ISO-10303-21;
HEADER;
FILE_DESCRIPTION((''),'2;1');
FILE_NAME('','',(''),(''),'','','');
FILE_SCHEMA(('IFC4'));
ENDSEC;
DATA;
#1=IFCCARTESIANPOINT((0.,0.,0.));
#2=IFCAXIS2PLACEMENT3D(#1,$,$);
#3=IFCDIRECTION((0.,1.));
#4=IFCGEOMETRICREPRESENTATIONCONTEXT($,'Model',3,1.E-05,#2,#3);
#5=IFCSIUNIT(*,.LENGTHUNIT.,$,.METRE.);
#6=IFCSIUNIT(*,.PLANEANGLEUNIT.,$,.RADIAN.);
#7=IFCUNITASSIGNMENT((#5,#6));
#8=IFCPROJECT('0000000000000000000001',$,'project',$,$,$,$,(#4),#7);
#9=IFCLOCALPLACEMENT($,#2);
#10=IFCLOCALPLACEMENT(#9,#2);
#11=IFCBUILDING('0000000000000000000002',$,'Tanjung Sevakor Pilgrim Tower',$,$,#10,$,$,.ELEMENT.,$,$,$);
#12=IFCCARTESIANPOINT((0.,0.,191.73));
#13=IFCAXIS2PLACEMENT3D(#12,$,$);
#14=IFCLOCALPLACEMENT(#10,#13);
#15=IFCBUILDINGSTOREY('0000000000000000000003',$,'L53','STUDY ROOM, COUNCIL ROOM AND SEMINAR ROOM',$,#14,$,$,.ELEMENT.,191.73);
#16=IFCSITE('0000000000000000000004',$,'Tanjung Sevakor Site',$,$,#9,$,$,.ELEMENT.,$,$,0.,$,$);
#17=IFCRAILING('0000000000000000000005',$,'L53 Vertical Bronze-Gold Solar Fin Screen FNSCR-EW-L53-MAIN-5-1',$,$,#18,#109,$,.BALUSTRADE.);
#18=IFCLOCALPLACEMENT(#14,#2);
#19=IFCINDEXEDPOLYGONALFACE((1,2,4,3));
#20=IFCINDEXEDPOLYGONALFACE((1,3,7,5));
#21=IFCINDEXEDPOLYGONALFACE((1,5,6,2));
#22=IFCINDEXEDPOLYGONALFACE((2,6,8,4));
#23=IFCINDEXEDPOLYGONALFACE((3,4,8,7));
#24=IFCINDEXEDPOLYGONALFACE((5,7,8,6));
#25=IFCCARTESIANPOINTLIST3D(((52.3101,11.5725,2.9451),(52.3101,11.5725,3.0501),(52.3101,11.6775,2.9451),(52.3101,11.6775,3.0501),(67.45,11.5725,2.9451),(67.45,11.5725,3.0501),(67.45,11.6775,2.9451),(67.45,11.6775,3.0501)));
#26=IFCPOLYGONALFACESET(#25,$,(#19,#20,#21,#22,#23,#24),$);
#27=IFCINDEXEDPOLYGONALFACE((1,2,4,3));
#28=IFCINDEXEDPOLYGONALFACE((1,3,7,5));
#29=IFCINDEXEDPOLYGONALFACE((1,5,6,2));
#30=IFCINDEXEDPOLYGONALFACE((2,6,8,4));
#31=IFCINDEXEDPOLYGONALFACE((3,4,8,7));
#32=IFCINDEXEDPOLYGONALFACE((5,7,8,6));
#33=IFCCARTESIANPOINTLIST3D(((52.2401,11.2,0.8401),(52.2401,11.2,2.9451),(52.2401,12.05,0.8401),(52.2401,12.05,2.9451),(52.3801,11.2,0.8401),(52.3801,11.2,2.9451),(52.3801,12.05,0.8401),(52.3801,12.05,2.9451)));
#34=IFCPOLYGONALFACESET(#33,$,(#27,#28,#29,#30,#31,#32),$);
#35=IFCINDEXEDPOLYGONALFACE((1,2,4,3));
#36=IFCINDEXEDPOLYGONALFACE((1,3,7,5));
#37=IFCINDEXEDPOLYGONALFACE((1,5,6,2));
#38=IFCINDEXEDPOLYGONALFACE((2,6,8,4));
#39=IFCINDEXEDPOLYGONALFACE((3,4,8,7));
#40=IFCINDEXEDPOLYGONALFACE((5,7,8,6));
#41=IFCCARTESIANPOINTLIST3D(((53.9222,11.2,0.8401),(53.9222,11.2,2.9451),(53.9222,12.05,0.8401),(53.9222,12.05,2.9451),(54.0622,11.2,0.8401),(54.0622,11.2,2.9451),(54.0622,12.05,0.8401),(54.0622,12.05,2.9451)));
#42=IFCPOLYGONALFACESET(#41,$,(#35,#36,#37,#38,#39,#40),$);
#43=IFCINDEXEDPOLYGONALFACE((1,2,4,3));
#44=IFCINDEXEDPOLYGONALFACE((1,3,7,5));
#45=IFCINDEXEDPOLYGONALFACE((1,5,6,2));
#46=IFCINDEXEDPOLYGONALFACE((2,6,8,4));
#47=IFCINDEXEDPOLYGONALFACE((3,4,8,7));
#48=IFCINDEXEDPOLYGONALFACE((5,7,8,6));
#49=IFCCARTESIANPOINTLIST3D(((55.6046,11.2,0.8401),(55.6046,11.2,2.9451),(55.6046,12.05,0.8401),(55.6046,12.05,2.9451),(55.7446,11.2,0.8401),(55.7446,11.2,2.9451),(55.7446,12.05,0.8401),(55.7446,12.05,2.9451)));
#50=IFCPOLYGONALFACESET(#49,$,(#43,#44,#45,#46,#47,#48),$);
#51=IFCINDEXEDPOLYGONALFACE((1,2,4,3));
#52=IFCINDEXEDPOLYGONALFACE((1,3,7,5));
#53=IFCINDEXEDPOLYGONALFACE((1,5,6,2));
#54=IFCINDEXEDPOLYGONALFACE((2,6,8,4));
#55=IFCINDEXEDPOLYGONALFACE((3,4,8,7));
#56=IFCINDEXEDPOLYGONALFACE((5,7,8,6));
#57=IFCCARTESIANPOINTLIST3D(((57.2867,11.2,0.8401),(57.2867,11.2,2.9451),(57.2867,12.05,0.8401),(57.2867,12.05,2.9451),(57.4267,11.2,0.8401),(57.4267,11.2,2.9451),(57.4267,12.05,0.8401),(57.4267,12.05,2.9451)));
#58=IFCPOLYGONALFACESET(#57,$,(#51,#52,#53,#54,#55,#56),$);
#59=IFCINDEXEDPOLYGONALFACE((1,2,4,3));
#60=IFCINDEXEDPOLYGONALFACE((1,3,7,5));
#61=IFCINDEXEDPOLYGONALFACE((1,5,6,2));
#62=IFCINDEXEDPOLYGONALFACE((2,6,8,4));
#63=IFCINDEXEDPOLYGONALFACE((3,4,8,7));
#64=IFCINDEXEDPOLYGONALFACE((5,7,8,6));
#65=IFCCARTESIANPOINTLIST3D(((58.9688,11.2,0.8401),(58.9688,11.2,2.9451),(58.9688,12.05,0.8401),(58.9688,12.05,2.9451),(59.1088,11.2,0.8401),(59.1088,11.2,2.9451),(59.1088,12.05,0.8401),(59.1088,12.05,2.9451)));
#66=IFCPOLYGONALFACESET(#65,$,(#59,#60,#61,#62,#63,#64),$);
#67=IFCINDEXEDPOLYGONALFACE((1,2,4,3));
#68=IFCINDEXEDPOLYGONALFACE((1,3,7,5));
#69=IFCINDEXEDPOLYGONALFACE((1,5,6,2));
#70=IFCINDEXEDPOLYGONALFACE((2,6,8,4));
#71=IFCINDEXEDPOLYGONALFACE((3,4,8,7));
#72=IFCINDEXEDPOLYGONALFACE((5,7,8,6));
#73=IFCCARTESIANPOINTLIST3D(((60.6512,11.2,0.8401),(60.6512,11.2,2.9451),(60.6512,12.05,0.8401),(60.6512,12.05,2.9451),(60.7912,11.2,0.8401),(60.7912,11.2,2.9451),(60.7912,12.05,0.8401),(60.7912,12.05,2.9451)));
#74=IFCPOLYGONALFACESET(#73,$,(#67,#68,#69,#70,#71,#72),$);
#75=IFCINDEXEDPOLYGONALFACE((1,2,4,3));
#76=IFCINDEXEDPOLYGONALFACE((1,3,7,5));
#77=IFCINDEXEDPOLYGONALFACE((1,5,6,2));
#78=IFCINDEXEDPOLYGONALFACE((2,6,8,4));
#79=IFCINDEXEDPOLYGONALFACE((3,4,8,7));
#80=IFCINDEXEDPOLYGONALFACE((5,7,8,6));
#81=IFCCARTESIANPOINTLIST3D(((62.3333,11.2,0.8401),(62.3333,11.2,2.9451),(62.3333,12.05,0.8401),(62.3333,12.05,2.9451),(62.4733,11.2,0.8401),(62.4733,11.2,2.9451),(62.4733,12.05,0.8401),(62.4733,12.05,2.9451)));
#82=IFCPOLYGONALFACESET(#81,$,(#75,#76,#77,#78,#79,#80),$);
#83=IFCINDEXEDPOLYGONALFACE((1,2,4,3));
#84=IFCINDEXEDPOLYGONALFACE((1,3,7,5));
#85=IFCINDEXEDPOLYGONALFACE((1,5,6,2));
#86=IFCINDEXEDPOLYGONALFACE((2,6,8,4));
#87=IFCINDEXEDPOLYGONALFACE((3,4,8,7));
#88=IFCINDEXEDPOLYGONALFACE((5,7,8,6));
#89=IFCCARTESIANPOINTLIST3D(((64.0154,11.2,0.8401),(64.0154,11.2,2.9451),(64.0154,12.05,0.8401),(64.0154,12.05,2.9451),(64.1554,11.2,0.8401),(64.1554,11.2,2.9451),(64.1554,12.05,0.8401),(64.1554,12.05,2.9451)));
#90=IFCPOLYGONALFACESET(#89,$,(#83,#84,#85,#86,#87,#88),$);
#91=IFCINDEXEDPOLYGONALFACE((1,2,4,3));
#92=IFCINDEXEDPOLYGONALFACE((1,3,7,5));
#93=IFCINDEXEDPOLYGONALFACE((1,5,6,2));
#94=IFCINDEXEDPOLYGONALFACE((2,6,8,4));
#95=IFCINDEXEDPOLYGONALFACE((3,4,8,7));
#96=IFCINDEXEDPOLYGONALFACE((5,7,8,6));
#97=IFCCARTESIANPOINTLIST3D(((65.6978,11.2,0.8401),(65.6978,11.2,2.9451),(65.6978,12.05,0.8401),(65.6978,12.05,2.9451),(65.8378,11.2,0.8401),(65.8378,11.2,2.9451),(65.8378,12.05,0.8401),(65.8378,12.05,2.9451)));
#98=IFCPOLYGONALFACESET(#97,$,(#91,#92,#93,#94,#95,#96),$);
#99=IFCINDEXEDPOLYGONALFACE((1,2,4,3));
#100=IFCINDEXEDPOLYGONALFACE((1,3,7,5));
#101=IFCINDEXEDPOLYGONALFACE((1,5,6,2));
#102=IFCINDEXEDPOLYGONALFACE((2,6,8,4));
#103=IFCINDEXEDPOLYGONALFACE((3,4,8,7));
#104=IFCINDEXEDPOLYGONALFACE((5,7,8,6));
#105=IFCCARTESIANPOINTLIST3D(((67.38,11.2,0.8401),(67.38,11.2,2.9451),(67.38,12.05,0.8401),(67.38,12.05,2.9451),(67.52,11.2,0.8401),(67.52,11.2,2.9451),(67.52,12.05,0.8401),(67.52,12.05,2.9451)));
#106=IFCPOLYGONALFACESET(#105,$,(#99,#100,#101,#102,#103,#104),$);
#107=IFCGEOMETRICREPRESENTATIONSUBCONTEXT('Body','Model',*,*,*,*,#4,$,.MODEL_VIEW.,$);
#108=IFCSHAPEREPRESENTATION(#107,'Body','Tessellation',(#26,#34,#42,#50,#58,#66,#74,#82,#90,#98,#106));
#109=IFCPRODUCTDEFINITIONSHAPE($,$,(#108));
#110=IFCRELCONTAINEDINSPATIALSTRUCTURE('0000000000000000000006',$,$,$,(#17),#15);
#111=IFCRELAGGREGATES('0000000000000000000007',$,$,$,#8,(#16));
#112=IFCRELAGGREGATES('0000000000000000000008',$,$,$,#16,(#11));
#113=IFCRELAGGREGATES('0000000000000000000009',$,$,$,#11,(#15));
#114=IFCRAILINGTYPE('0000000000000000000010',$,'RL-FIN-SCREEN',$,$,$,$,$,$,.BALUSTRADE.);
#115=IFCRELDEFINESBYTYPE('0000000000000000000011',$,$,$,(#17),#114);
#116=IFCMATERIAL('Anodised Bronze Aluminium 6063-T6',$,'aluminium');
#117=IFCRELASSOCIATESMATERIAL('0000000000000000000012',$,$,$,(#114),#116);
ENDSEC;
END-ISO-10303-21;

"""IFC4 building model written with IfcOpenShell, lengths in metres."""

from ifc_helpers import new_model, si_unit, direction, frame, origin, place, context, subcontext, project, spatial, rectangle, extrude, material, type_object, element, save


model = new_model("IFC4")

# Units and contexts
model_context = context("Model", 3, precision=1e-05, world=origin(), true_north=direction((0.0, 1.0)))
body_context = subcontext(model_context, "Body", "Model", "MODEL_VIEW")
ifc_project = project(units=[si_unit("LENGTHUNIT", "METRE"), si_unit("PLANEANGLEUNIT", "RADIAN")], contexts=[model_context])

# Site, building, storey
site_placement = place(None, origin())
site = spatial("IfcSite", under=ifc_project, at=site_placement, Name="Tanjung Sevakor Site", CompositionType="ELEMENT", RefElevation=0.0)
building_placement = place(site_placement, origin())
building = spatial("IfcBuilding", under=site, at=building_placement, Name="Tanjung Sevakor Pilgrim Tower", CompositionType="ELEMENT")
storey_placement = place(building_placement, frame((0.0, 0.0, 191.73)))
storey = spatial("IfcBuildingStorey", under=building, at=storey_placement, Name="L53", Description="STUDY ROOM, COUNCIL ROOM AND SEMINAR ROOM", CompositionType="ELEMENT", Elevation=191.73)

# Railing
ifc_material_1 = material(Name="Anodised Bronze Aluminium 6063-T6", Category="aluminium")
railing_type_1 = type_object("IfcRailingType", Name="RL-FIN-SCREEN", PredefinedType="BALUSTRADE", material=ifc_material_1)
railing_1_placement = place(storey_placement, frame((52.3101, 11.625, 0.8401)))
element("IfcRailing", 1, at=railing_1_placement, inside=storey, type_object=railing_type_1, Name="L53 Vertical Bronze-Gold Solar Fin Screen FNSCR-EW-L53-MAIN-5-1", PredefinedType="BALUSTRADE", context=body_context, shape_type="SweptSolid", body=[
    extrude(rectangle(XDim=0.105, YDim=0.105), frame((0.0, 0.0, 2.1575), z_axis=(1.0, 0.0, 0.0), x_axis=(0.0, 1.0, 0.0)), (0.0, 0.0, 1.0), 15.1399),
    extrude(rectangle(XDim=0.14, YDim=0.85), origin(), (0.0, 0.0, 1.0), 2.105),
    extrude(rectangle(XDim=0.14, YDim=0.85), frame((1.6821, 0.0, 0.0)), (0.0, 0.0, 1.0), 2.105),
    extrude(rectangle(XDim=0.14, YDim=0.85), frame((3.3645, 0.0, 0.0)), (0.0, 0.0, 1.0), 2.105),
    extrude(rectangle(XDim=0.14, YDim=0.85), frame((5.0466, 0.0, 0.0)), (0.0, 0.0, 1.0), 2.105),
    extrude(rectangle(XDim=0.14, YDim=0.85), frame((6.7288, 0.0, 0.0)), (0.0, 0.0, 1.0), 2.105),
    extrude(rectangle(XDim=0.14, YDim=0.85), frame((8.4111, 0.0, 0.0)), (0.0, 0.0, 1.0), 2.105),
    extrude(rectangle(XDim=0.14, YDim=0.85), frame((10.0933, 0.0, 0.0)), (0.0, 0.0, 1.0), 2.105),
    extrude(rectangle(XDim=0.14, YDim=0.85), frame((11.7754, 0.0, 0.0)), (0.0, 0.0, 1.0), 2.105),
    extrude(rectangle(XDim=0.14, YDim=0.85), frame((13.4578, 0.0, 0.0)), (0.0, 0.0, 1.0), 2.105),
    extrude(rectangle(XDim=0.14, YDim=0.85), frame((15.1399, 0.0, 0.0)), (0.0, 0.0, 1.0), 2.105),
])

save(model, "model.ifc")
